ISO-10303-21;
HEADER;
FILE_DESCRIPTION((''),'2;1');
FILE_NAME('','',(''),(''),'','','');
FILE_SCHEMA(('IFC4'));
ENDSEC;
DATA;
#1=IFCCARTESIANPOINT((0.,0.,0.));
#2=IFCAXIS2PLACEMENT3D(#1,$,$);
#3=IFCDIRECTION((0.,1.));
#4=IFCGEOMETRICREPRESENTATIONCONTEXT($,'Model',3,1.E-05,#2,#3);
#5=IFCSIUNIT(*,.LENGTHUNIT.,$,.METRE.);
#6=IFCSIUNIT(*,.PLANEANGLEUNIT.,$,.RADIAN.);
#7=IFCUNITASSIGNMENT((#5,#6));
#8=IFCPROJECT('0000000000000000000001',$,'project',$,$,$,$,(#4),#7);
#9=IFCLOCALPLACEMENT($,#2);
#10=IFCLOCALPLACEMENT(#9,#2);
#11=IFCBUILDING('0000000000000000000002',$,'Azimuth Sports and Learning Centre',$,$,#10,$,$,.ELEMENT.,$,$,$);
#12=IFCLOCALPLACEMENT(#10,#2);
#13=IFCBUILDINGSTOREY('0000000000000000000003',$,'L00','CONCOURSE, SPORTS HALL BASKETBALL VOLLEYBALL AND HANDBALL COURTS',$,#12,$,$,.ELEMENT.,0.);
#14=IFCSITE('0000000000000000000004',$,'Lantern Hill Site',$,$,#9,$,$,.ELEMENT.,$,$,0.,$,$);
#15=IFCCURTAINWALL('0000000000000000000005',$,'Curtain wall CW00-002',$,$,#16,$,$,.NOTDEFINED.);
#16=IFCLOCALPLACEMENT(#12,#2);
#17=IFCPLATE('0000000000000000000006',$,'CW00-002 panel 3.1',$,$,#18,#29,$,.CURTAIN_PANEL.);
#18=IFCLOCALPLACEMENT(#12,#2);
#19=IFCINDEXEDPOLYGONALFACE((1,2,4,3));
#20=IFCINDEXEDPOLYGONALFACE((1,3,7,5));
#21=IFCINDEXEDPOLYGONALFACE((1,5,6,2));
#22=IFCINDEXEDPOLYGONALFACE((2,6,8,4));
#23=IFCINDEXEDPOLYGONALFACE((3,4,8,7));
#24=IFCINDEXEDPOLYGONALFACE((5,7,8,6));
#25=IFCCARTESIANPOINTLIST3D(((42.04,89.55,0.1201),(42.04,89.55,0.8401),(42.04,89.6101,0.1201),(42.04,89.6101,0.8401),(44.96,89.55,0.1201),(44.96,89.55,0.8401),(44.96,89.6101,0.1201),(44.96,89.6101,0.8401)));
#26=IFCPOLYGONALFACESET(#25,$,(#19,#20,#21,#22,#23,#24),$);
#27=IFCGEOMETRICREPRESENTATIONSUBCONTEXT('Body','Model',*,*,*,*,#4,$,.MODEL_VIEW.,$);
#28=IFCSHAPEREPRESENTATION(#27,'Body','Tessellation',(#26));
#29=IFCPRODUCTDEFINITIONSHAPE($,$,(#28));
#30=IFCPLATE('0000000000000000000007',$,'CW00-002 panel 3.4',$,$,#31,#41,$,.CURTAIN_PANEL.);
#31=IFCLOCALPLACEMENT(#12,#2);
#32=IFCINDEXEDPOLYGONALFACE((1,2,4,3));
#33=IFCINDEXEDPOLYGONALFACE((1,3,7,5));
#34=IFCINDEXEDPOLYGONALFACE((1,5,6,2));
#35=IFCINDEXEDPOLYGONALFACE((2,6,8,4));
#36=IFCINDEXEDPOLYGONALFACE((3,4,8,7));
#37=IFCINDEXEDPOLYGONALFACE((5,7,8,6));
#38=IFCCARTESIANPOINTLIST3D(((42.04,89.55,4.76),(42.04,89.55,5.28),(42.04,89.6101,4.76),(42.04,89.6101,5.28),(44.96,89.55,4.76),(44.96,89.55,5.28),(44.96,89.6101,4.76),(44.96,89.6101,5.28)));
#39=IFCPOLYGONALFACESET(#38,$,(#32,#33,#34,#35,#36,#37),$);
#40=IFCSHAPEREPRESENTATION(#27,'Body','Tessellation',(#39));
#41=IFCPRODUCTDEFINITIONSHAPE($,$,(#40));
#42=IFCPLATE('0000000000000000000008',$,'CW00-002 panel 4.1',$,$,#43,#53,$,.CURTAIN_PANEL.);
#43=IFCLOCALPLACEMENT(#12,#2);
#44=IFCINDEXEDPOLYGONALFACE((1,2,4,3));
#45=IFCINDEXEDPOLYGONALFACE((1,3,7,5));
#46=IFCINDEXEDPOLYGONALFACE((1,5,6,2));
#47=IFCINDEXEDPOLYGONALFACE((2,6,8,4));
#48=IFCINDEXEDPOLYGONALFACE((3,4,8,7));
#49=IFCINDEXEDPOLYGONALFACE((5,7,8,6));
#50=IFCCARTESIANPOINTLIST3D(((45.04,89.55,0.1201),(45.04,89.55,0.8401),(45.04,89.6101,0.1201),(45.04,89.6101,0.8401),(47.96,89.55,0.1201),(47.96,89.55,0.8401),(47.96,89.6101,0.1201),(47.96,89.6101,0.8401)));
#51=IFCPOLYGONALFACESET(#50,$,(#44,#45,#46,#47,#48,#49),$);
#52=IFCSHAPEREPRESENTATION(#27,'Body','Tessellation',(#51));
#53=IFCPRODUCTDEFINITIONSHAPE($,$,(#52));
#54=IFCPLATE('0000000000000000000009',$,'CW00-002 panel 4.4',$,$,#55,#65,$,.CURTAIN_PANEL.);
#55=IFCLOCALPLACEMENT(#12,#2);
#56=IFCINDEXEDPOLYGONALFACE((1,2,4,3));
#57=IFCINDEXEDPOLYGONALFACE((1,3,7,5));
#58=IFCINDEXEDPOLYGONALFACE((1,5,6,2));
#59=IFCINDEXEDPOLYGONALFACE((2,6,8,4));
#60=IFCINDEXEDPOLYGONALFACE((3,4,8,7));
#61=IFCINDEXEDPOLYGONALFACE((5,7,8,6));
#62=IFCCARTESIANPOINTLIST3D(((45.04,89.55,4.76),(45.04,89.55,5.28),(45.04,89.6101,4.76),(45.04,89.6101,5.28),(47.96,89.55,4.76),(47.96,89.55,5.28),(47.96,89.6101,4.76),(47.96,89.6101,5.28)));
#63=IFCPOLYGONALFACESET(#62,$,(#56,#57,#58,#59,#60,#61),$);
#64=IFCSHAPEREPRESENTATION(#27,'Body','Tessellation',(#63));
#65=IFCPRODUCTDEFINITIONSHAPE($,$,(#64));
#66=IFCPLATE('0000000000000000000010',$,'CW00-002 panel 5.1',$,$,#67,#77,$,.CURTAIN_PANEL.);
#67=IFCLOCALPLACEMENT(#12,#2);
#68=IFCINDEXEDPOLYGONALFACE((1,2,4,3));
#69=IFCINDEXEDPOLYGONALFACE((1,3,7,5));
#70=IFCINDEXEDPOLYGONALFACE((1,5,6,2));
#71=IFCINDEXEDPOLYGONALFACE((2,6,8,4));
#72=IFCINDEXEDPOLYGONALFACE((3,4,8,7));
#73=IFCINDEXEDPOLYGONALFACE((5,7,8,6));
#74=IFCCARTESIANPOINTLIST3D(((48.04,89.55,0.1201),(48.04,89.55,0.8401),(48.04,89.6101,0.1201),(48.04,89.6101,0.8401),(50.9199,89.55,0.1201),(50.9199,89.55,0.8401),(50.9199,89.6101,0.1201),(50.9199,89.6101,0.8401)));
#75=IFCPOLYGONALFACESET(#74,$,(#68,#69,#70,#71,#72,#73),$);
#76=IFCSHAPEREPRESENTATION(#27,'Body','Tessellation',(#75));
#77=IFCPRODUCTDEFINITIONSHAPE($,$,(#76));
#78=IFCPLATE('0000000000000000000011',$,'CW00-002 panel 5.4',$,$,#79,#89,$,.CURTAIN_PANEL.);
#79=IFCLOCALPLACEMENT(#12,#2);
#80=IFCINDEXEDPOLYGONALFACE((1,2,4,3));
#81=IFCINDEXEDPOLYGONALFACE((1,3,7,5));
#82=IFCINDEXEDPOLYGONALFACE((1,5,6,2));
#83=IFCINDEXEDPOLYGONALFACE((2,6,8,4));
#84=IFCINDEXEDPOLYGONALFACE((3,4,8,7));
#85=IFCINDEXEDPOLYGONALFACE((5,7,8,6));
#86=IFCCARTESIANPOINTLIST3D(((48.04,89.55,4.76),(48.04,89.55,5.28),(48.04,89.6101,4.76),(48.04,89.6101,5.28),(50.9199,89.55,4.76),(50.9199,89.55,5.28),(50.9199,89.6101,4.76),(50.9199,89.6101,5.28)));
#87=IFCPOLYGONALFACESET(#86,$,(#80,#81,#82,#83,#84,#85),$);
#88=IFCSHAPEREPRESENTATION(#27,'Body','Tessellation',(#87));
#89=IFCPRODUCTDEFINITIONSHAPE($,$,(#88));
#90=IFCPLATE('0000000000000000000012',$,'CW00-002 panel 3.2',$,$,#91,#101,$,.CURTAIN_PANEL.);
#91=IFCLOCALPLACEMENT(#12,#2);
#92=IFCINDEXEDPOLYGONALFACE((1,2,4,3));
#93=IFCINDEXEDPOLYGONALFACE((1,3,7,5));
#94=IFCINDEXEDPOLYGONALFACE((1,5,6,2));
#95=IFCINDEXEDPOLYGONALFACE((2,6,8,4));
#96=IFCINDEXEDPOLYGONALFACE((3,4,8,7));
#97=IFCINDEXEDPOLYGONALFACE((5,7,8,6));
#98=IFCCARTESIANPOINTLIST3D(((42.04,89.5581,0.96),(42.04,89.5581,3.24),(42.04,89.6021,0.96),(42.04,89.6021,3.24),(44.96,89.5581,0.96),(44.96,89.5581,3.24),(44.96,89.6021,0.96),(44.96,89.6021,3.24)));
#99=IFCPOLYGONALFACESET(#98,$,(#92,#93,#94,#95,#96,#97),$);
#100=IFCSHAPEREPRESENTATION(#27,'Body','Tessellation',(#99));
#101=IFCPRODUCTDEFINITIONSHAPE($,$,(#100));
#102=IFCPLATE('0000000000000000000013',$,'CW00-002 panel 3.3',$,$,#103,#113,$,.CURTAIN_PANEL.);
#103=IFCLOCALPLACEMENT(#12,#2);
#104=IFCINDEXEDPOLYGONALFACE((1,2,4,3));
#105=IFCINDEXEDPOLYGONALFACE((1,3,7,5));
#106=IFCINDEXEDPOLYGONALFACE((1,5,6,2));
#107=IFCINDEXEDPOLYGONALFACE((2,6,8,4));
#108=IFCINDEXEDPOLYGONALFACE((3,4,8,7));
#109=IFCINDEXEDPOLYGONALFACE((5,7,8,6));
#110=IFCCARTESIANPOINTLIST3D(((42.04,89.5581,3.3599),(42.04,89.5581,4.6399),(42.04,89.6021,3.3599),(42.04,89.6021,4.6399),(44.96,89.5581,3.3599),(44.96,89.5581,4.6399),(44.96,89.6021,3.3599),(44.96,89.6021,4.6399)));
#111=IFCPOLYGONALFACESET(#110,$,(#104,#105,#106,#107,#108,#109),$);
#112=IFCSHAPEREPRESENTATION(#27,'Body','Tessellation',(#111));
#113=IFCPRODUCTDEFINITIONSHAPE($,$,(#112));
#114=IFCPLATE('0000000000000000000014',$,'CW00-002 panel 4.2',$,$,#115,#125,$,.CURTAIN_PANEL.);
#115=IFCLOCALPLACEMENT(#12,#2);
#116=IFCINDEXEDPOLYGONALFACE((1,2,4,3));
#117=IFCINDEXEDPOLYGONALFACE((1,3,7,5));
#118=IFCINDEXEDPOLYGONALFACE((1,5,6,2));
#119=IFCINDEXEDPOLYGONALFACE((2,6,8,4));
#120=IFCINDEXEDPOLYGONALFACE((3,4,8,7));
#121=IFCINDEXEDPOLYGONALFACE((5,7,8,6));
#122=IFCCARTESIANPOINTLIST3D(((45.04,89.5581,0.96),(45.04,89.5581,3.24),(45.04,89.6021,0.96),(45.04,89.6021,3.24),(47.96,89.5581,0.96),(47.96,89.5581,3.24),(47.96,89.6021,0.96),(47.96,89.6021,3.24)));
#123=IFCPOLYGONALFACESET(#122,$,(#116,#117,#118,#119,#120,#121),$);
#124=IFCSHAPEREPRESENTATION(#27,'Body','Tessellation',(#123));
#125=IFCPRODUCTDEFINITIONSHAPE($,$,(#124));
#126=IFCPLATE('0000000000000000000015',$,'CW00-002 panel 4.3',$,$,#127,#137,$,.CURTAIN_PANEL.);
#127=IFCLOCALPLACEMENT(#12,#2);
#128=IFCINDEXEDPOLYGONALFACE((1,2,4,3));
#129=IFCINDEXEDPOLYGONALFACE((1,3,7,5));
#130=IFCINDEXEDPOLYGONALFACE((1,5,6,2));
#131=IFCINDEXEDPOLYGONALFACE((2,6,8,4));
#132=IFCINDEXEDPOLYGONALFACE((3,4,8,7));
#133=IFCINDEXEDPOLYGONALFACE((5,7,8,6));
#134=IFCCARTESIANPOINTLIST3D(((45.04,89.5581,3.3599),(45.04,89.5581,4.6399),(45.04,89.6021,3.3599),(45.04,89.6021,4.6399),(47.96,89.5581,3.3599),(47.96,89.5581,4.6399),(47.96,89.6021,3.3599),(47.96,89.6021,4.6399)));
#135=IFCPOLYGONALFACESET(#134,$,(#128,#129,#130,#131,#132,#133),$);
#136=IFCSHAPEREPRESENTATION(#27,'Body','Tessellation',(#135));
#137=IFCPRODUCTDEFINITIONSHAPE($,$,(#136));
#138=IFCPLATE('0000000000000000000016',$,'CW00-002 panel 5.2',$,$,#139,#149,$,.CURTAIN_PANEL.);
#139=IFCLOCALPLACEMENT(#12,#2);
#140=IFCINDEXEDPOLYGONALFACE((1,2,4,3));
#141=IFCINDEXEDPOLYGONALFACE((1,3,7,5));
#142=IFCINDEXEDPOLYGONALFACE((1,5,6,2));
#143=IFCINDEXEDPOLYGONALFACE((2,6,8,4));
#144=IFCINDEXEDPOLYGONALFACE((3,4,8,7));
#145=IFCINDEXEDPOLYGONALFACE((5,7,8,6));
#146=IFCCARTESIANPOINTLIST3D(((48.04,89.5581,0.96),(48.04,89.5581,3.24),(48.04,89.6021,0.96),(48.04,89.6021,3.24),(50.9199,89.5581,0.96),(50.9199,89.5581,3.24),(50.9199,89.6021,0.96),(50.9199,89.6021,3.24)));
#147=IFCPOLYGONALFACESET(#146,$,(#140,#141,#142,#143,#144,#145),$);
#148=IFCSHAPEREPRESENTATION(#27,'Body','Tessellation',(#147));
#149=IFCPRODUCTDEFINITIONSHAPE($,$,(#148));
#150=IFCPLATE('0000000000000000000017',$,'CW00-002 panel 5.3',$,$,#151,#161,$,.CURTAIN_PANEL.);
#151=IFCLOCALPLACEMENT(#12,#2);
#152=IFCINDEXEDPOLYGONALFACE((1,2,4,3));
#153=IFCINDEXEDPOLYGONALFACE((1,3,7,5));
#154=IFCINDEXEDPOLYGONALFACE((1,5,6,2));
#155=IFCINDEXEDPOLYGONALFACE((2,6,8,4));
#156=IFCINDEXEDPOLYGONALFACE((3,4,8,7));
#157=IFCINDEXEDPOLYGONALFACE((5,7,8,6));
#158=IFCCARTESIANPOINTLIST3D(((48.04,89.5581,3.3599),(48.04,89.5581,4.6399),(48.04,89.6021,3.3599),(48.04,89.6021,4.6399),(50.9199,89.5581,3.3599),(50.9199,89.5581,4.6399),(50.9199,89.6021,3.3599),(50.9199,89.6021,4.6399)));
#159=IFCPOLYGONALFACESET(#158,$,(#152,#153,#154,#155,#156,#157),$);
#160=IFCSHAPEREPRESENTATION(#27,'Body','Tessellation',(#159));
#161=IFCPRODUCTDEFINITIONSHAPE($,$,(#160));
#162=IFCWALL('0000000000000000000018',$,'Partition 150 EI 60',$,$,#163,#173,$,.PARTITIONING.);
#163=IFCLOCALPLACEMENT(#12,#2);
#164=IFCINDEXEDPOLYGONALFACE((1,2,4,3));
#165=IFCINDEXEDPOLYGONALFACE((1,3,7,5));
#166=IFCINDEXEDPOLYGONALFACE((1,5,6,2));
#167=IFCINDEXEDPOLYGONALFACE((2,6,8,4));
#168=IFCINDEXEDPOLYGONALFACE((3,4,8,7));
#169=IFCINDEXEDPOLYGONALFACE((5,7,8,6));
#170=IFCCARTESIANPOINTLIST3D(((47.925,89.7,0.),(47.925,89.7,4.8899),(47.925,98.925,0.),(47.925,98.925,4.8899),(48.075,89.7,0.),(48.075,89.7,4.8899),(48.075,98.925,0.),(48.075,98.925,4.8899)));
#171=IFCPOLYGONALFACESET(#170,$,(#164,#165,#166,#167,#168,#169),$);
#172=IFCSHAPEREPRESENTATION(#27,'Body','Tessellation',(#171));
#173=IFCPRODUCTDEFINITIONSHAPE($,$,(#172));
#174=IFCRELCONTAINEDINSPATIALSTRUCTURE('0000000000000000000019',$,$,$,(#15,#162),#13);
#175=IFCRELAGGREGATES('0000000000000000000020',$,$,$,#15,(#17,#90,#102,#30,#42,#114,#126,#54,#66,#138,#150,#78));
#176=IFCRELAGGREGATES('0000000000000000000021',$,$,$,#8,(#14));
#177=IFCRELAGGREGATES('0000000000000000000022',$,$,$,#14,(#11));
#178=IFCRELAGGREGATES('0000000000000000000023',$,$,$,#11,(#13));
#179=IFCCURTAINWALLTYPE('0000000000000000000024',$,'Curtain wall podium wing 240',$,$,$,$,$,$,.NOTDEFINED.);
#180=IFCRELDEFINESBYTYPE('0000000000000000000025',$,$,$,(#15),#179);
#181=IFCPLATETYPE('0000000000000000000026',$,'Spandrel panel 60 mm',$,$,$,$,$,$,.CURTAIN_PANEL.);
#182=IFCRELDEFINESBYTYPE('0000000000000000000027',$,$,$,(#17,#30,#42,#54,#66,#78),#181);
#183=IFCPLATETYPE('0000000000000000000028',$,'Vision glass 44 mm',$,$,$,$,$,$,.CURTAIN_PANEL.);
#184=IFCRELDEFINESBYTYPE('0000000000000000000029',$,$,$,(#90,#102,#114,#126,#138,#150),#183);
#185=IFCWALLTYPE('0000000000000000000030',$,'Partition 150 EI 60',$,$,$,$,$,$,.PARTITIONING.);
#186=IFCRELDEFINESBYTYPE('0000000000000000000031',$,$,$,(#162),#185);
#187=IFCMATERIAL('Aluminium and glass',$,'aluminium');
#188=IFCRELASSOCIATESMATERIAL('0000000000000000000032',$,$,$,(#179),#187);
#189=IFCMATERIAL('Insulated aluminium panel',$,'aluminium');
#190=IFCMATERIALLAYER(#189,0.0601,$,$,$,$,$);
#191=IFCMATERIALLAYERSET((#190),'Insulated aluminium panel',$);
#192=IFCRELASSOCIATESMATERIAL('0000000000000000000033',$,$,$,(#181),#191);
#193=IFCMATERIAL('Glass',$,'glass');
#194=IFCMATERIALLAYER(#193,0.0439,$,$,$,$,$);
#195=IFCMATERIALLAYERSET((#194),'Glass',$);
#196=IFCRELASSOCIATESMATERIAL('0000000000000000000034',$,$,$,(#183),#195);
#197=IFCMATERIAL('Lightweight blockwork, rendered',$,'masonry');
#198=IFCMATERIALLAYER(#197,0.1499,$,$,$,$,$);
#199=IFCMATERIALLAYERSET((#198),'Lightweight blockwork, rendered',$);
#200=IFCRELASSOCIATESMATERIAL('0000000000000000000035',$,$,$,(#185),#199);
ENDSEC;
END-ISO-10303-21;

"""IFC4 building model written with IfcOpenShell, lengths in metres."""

from ifc_helpers import new_model, si_unit, direction, frame, frame_2d, origin, origin_2d, place, context, subcontext, project, spatial, rectangle, extrude, material, layer, layer_set, type_object, element, aggregate, save


model = new_model("IFC4")

# Units and contexts
model_context = context("Model", 3, precision=1e-05, world=origin(), true_north=direction((0.0, 1.0)))
body_context = subcontext(model_context, "Body", "Model", "MODEL_VIEW")
ifc_project = project(units=[si_unit("LENGTHUNIT", "METRE"), si_unit("PLANEANGLEUNIT", "RADIAN")], contexts=[model_context])

# Site, building, storey
site_placement = place(None, origin())
site = spatial("IfcSite", under=ifc_project, at=site_placement, Name="Lantern Hill Site", CompositionType="ELEMENT", RefElevation=0.0)
building_placement = place(site_placement, origin())
building = spatial("IfcBuilding", under=site, at=building_placement, Name="Azimuth Sports and Learning Centre", CompositionType="ELEMENT")
storey_placement = place(building_placement, origin())
storey = spatial("IfcBuildingStorey", under=building, at=storey_placement, Name="L00", Description="CONCOURSE, SPORTS HALL BASKETBALL VOLLEYBALL AND HANDBALL COURTS", CompositionType="ELEMENT", Elevation=0.0)

# Curtain wall, plates
ifc_material_1 = material(Name="Aluminium and glass", Category="aluminium")
curtain_wall_type = type_object("IfcCurtainWallType", Name="Curtain wall podium wing 240", PredefinedType="NOTDEFINED", material=ifc_material_1)
curtain_wall_placement = place(storey_placement, origin())
curtain_wall = element("IfcCurtainWall", 1, at=curtain_wall_placement, inside=storey, type_object=curtain_wall_type, Name="Curtain wall CW00-002", PredefinedType="NOTDEFINED")
ifc_material_2 = material(Name="Insulated aluminium panel", Category="aluminium")
ifc_layer_1 = layer(ifc_material_2, 0.0601)
ifc_layer_set_1 = layer_set([ifc_layer_1], Name="Insulated aluminium panel")
plate_type_1 = type_object("IfcPlateType", Name="Spandrel panel 60 mm", PredefinedType="CURTAIN_PANEL", material=ifc_layer_set_1)
plate_1_placement = place(storey_placement, frame((43.5, 89.5801, 0.1201), z_axis=(0.0, 0.0, 1.0), x_axis=(1.0, 0.0, 0.0)))
plate_1 = element("IfcPlate", 2, at=plate_1_placement, type_object=plate_type_1, Name="CW00-002 panel 3.1", PredefinedType="CURTAIN_PANEL", context=body_context, shape_type="SweptSolid", body=[
    extrude(rectangle(XDim=2.9199, YDim=0.0601, at=origin_2d()), origin(), (0.0, 0.0, 1.0), 0.72),
])
plate_2_placement = place(storey_placement, frame((43.5, 89.5801, 4.76), z_axis=(0.0, 0.0, 1.0), x_axis=(1.0, 0.0, 0.0)))
plate_2 = element("IfcPlate", 3, at=plate_2_placement, type_object=plate_type_1, Name="CW00-002 panel 3.4", PredefinedType="CURTAIN_PANEL", context=body_context, shape_type="SweptSolid", body=[
    extrude(rectangle(XDim=2.9199, YDim=0.0601, at=origin_2d()), origin(), (0.0, 0.0, 1.0), 0.52),
])
plate_3_placement = place(storey_placement, frame((46.5, 89.5801, 0.1201), z_axis=(0.0, 0.0, 1.0), x_axis=(1.0, 0.0, 0.0)))
plate_3 = element("IfcPlate", 4, at=plate_3_placement, type_object=plate_type_1, Name="CW00-002 panel 4.1", PredefinedType="CURTAIN_PANEL", context=body_context, shape_type="SweptSolid", body=[
    extrude(rectangle(XDim=2.9199, YDim=0.0601, at=origin_2d()), origin(), (0.0, 0.0, 1.0), 0.72),
])
plate_4_placement = place(storey_placement, frame((46.5, 89.5801, 4.76), z_axis=(0.0, 0.0, 1.0), x_axis=(1.0, 0.0, 0.0)))
plate_4 = element("IfcPlate", 5, at=plate_4_placement, type_object=plate_type_1, Name="CW00-002 panel 4.4", PredefinedType="CURTAIN_PANEL", context=body_context, shape_type="SweptSolid", body=[
    extrude(rectangle(XDim=2.9199, YDim=0.0601, at=origin_2d()), origin(), (0.0, 0.0, 1.0), 0.52),
])
plate_5_placement = place(storey_placement, frame((49.48, 89.5801, 0.1201), z_axis=(0.0, 0.0, 1.0), x_axis=(1.0, 0.0, 0.0)))
plate_5 = element("IfcPlate", 6, at=plate_5_placement, type_object=plate_type_1, Name="CW00-002 panel 5.1", PredefinedType="CURTAIN_PANEL", context=body_context, shape_type="SweptSolid", body=[
    extrude(rectangle(XDim=2.8799, YDim=0.0601, at=origin_2d()), origin(), (0.0, 0.0, 1.0), 0.72),
])
plate_6_placement = place(storey_placement, frame((49.48, 89.5801, 4.76), z_axis=(0.0, 0.0, 1.0), x_axis=(1.0, 0.0, 0.0)))
plate_6 = element("IfcPlate", 7, at=plate_6_placement, type_object=plate_type_1, Name="CW00-002 panel 5.4", PredefinedType="CURTAIN_PANEL", context=body_context, shape_type="SweptSolid", body=[
    extrude(rectangle(XDim=2.8799, YDim=0.0601, at=origin_2d()), origin(), (0.0, 0.0, 1.0), 0.52),
])
ifc_material_3 = material(Name="Glass", Category="glass")
ifc_layer_2 = layer(ifc_material_3, 0.0439)
ifc_layer_set_2 = layer_set([ifc_layer_2], Name="Glass")
plate_type_2 = type_object("IfcPlateType", Name="Vision glass 44 mm", PredefinedType="CURTAIN_PANEL", material=ifc_layer_set_2)
plate_7_placement = place(storey_placement, frame((43.5, 89.5801, 0.96), z_axis=(0.0, 0.0, 1.0), x_axis=(1.0, 0.0, 0.0)))
plate_7 = element("IfcPlate", 8, at=plate_7_placement, type_object=plate_type_2, Name="CW00-002 panel 3.2", PredefinedType="CURTAIN_PANEL", context=body_context, shape_type="SweptSolid", body=[
    extrude(rectangle(XDim=2.9199, YDim=0.0439, at=origin_2d()), origin(), (0.0, 0.0, 1.0), 2.28),
])
plate_8_placement = place(storey_placement, frame((43.5, 89.5801, 3.3599), z_axis=(0.0, 0.0, 1.0), x_axis=(1.0, 0.0, 0.0)))
plate_8 = element("IfcPlate", 9, at=plate_8_placement, type_object=plate_type_2, Name="CW00-002 panel 3.3", PredefinedType="CURTAIN_PANEL", context=body_context, shape_type="SweptSolid", body=[
    extrude(rectangle(XDim=2.9199, YDim=0.0439, at=origin_2d()), origin(), (0.0, 0.0, 1.0), 1.28),
])
plate_9_placement = place(storey_placement, frame((46.5, 89.5801, 0.96), z_axis=(0.0, 0.0, 1.0), x_axis=(1.0, 0.0, 0.0)))
plate_9 = element("IfcPlate", 10, at=plate_9_placement, type_object=plate_type_2, Name="CW00-002 panel 4.2", PredefinedType="CURTAIN_PANEL", context=body_context, shape_type="SweptSolid", body=[
    extrude(rectangle(XDim=2.9199, YDim=0.0439, at=origin_2d()), origin(), (0.0, 0.0, 1.0), 2.28),
])
plate_10_placement = place(storey_placement, frame((46.5, 89.5801, 3.3599), z_axis=(0.0, 0.0, 1.0), x_axis=(1.0, 0.0, 0.0)))
plate_10 = element("IfcPlate", 11, at=plate_10_placement, type_object=plate_type_2, Name="CW00-002 panel 4.3", PredefinedType="CURTAIN_PANEL", context=body_context, shape_type="SweptSolid", body=[
    extrude(rectangle(XDim=2.9199, YDim=0.0439, at=origin_2d()), origin(), (0.0, 0.0, 1.0), 1.28),
])
plate_11_placement = place(storey_placement, frame((49.48, 89.5801, 0.96), z_axis=(0.0, 0.0, 1.0), x_axis=(1.0, 0.0, 0.0)))
plate_11 = element("IfcPlate", 12, at=plate_11_placement, type_object=plate_type_2, Name="CW00-002 panel 5.2", PredefinedType="CURTAIN_PANEL", context=body_context, shape_type="SweptSolid", body=[
    extrude(rectangle(XDim=2.8799, YDim=0.0439, at=origin_2d()), origin(), (0.0, 0.0, 1.0), 2.28),
])
plate_12_placement = place(storey_placement, frame((49.48, 89.5801, 3.3599), z_axis=(0.0, 0.0, 1.0), x_axis=(1.0, 0.0, 0.0)))
plate_12 = element("IfcPlate", 13, at=plate_12_placement, type_object=plate_type_2, Name="CW00-002 panel 5.3", PredefinedType="CURTAIN_PANEL", context=body_context, shape_type="SweptSolid", body=[
    extrude(rectangle(XDim=2.8799, YDim=0.0439, at=origin_2d()), origin(), (0.0, 0.0, 1.0), 1.28),
])
aggregate(curtain_wall, [plate_1, plate_7, plate_8, plate_2, plate_3, plate_9, plate_10, plate_4, plate_5, plate_11, plate_12, plate_6])

# Wall
ifc_material_4 = material(Name="Lightweight blockwork, rendered", Category="masonry")
ifc_layer_3 = layer(ifc_material_4, 0.1499)
ifc_layer_set_3 = layer_set([ifc_layer_3], Name="Lightweight blockwork, rendered")
wall_type = type_object("IfcWallType", Name="Partition 150 EI 60", PredefinedType="PARTITIONING", material=ifc_layer_set_3)
wall_placement = place(storey_placement, frame((48.0, 89.7, 0.0), z_axis=(0.0, 0.0, 1.0), x_axis=(0.0, 1.0, 0.0)))
element("IfcWall", 14, at=wall_placement, inside=storey, type_object=wall_type, Name="Partition 150 EI 60", PredefinedType="PARTITIONING", context=body_context, shape_type="SweptSolid", body=[
    extrude(rectangle(XDim=9.2251, YDim=0.1499, at=frame_2d((4.6125, 0.0))), origin(), (0.0, 0.0, 1.0), 4.8899),
])

save(model, "model.ifc")
